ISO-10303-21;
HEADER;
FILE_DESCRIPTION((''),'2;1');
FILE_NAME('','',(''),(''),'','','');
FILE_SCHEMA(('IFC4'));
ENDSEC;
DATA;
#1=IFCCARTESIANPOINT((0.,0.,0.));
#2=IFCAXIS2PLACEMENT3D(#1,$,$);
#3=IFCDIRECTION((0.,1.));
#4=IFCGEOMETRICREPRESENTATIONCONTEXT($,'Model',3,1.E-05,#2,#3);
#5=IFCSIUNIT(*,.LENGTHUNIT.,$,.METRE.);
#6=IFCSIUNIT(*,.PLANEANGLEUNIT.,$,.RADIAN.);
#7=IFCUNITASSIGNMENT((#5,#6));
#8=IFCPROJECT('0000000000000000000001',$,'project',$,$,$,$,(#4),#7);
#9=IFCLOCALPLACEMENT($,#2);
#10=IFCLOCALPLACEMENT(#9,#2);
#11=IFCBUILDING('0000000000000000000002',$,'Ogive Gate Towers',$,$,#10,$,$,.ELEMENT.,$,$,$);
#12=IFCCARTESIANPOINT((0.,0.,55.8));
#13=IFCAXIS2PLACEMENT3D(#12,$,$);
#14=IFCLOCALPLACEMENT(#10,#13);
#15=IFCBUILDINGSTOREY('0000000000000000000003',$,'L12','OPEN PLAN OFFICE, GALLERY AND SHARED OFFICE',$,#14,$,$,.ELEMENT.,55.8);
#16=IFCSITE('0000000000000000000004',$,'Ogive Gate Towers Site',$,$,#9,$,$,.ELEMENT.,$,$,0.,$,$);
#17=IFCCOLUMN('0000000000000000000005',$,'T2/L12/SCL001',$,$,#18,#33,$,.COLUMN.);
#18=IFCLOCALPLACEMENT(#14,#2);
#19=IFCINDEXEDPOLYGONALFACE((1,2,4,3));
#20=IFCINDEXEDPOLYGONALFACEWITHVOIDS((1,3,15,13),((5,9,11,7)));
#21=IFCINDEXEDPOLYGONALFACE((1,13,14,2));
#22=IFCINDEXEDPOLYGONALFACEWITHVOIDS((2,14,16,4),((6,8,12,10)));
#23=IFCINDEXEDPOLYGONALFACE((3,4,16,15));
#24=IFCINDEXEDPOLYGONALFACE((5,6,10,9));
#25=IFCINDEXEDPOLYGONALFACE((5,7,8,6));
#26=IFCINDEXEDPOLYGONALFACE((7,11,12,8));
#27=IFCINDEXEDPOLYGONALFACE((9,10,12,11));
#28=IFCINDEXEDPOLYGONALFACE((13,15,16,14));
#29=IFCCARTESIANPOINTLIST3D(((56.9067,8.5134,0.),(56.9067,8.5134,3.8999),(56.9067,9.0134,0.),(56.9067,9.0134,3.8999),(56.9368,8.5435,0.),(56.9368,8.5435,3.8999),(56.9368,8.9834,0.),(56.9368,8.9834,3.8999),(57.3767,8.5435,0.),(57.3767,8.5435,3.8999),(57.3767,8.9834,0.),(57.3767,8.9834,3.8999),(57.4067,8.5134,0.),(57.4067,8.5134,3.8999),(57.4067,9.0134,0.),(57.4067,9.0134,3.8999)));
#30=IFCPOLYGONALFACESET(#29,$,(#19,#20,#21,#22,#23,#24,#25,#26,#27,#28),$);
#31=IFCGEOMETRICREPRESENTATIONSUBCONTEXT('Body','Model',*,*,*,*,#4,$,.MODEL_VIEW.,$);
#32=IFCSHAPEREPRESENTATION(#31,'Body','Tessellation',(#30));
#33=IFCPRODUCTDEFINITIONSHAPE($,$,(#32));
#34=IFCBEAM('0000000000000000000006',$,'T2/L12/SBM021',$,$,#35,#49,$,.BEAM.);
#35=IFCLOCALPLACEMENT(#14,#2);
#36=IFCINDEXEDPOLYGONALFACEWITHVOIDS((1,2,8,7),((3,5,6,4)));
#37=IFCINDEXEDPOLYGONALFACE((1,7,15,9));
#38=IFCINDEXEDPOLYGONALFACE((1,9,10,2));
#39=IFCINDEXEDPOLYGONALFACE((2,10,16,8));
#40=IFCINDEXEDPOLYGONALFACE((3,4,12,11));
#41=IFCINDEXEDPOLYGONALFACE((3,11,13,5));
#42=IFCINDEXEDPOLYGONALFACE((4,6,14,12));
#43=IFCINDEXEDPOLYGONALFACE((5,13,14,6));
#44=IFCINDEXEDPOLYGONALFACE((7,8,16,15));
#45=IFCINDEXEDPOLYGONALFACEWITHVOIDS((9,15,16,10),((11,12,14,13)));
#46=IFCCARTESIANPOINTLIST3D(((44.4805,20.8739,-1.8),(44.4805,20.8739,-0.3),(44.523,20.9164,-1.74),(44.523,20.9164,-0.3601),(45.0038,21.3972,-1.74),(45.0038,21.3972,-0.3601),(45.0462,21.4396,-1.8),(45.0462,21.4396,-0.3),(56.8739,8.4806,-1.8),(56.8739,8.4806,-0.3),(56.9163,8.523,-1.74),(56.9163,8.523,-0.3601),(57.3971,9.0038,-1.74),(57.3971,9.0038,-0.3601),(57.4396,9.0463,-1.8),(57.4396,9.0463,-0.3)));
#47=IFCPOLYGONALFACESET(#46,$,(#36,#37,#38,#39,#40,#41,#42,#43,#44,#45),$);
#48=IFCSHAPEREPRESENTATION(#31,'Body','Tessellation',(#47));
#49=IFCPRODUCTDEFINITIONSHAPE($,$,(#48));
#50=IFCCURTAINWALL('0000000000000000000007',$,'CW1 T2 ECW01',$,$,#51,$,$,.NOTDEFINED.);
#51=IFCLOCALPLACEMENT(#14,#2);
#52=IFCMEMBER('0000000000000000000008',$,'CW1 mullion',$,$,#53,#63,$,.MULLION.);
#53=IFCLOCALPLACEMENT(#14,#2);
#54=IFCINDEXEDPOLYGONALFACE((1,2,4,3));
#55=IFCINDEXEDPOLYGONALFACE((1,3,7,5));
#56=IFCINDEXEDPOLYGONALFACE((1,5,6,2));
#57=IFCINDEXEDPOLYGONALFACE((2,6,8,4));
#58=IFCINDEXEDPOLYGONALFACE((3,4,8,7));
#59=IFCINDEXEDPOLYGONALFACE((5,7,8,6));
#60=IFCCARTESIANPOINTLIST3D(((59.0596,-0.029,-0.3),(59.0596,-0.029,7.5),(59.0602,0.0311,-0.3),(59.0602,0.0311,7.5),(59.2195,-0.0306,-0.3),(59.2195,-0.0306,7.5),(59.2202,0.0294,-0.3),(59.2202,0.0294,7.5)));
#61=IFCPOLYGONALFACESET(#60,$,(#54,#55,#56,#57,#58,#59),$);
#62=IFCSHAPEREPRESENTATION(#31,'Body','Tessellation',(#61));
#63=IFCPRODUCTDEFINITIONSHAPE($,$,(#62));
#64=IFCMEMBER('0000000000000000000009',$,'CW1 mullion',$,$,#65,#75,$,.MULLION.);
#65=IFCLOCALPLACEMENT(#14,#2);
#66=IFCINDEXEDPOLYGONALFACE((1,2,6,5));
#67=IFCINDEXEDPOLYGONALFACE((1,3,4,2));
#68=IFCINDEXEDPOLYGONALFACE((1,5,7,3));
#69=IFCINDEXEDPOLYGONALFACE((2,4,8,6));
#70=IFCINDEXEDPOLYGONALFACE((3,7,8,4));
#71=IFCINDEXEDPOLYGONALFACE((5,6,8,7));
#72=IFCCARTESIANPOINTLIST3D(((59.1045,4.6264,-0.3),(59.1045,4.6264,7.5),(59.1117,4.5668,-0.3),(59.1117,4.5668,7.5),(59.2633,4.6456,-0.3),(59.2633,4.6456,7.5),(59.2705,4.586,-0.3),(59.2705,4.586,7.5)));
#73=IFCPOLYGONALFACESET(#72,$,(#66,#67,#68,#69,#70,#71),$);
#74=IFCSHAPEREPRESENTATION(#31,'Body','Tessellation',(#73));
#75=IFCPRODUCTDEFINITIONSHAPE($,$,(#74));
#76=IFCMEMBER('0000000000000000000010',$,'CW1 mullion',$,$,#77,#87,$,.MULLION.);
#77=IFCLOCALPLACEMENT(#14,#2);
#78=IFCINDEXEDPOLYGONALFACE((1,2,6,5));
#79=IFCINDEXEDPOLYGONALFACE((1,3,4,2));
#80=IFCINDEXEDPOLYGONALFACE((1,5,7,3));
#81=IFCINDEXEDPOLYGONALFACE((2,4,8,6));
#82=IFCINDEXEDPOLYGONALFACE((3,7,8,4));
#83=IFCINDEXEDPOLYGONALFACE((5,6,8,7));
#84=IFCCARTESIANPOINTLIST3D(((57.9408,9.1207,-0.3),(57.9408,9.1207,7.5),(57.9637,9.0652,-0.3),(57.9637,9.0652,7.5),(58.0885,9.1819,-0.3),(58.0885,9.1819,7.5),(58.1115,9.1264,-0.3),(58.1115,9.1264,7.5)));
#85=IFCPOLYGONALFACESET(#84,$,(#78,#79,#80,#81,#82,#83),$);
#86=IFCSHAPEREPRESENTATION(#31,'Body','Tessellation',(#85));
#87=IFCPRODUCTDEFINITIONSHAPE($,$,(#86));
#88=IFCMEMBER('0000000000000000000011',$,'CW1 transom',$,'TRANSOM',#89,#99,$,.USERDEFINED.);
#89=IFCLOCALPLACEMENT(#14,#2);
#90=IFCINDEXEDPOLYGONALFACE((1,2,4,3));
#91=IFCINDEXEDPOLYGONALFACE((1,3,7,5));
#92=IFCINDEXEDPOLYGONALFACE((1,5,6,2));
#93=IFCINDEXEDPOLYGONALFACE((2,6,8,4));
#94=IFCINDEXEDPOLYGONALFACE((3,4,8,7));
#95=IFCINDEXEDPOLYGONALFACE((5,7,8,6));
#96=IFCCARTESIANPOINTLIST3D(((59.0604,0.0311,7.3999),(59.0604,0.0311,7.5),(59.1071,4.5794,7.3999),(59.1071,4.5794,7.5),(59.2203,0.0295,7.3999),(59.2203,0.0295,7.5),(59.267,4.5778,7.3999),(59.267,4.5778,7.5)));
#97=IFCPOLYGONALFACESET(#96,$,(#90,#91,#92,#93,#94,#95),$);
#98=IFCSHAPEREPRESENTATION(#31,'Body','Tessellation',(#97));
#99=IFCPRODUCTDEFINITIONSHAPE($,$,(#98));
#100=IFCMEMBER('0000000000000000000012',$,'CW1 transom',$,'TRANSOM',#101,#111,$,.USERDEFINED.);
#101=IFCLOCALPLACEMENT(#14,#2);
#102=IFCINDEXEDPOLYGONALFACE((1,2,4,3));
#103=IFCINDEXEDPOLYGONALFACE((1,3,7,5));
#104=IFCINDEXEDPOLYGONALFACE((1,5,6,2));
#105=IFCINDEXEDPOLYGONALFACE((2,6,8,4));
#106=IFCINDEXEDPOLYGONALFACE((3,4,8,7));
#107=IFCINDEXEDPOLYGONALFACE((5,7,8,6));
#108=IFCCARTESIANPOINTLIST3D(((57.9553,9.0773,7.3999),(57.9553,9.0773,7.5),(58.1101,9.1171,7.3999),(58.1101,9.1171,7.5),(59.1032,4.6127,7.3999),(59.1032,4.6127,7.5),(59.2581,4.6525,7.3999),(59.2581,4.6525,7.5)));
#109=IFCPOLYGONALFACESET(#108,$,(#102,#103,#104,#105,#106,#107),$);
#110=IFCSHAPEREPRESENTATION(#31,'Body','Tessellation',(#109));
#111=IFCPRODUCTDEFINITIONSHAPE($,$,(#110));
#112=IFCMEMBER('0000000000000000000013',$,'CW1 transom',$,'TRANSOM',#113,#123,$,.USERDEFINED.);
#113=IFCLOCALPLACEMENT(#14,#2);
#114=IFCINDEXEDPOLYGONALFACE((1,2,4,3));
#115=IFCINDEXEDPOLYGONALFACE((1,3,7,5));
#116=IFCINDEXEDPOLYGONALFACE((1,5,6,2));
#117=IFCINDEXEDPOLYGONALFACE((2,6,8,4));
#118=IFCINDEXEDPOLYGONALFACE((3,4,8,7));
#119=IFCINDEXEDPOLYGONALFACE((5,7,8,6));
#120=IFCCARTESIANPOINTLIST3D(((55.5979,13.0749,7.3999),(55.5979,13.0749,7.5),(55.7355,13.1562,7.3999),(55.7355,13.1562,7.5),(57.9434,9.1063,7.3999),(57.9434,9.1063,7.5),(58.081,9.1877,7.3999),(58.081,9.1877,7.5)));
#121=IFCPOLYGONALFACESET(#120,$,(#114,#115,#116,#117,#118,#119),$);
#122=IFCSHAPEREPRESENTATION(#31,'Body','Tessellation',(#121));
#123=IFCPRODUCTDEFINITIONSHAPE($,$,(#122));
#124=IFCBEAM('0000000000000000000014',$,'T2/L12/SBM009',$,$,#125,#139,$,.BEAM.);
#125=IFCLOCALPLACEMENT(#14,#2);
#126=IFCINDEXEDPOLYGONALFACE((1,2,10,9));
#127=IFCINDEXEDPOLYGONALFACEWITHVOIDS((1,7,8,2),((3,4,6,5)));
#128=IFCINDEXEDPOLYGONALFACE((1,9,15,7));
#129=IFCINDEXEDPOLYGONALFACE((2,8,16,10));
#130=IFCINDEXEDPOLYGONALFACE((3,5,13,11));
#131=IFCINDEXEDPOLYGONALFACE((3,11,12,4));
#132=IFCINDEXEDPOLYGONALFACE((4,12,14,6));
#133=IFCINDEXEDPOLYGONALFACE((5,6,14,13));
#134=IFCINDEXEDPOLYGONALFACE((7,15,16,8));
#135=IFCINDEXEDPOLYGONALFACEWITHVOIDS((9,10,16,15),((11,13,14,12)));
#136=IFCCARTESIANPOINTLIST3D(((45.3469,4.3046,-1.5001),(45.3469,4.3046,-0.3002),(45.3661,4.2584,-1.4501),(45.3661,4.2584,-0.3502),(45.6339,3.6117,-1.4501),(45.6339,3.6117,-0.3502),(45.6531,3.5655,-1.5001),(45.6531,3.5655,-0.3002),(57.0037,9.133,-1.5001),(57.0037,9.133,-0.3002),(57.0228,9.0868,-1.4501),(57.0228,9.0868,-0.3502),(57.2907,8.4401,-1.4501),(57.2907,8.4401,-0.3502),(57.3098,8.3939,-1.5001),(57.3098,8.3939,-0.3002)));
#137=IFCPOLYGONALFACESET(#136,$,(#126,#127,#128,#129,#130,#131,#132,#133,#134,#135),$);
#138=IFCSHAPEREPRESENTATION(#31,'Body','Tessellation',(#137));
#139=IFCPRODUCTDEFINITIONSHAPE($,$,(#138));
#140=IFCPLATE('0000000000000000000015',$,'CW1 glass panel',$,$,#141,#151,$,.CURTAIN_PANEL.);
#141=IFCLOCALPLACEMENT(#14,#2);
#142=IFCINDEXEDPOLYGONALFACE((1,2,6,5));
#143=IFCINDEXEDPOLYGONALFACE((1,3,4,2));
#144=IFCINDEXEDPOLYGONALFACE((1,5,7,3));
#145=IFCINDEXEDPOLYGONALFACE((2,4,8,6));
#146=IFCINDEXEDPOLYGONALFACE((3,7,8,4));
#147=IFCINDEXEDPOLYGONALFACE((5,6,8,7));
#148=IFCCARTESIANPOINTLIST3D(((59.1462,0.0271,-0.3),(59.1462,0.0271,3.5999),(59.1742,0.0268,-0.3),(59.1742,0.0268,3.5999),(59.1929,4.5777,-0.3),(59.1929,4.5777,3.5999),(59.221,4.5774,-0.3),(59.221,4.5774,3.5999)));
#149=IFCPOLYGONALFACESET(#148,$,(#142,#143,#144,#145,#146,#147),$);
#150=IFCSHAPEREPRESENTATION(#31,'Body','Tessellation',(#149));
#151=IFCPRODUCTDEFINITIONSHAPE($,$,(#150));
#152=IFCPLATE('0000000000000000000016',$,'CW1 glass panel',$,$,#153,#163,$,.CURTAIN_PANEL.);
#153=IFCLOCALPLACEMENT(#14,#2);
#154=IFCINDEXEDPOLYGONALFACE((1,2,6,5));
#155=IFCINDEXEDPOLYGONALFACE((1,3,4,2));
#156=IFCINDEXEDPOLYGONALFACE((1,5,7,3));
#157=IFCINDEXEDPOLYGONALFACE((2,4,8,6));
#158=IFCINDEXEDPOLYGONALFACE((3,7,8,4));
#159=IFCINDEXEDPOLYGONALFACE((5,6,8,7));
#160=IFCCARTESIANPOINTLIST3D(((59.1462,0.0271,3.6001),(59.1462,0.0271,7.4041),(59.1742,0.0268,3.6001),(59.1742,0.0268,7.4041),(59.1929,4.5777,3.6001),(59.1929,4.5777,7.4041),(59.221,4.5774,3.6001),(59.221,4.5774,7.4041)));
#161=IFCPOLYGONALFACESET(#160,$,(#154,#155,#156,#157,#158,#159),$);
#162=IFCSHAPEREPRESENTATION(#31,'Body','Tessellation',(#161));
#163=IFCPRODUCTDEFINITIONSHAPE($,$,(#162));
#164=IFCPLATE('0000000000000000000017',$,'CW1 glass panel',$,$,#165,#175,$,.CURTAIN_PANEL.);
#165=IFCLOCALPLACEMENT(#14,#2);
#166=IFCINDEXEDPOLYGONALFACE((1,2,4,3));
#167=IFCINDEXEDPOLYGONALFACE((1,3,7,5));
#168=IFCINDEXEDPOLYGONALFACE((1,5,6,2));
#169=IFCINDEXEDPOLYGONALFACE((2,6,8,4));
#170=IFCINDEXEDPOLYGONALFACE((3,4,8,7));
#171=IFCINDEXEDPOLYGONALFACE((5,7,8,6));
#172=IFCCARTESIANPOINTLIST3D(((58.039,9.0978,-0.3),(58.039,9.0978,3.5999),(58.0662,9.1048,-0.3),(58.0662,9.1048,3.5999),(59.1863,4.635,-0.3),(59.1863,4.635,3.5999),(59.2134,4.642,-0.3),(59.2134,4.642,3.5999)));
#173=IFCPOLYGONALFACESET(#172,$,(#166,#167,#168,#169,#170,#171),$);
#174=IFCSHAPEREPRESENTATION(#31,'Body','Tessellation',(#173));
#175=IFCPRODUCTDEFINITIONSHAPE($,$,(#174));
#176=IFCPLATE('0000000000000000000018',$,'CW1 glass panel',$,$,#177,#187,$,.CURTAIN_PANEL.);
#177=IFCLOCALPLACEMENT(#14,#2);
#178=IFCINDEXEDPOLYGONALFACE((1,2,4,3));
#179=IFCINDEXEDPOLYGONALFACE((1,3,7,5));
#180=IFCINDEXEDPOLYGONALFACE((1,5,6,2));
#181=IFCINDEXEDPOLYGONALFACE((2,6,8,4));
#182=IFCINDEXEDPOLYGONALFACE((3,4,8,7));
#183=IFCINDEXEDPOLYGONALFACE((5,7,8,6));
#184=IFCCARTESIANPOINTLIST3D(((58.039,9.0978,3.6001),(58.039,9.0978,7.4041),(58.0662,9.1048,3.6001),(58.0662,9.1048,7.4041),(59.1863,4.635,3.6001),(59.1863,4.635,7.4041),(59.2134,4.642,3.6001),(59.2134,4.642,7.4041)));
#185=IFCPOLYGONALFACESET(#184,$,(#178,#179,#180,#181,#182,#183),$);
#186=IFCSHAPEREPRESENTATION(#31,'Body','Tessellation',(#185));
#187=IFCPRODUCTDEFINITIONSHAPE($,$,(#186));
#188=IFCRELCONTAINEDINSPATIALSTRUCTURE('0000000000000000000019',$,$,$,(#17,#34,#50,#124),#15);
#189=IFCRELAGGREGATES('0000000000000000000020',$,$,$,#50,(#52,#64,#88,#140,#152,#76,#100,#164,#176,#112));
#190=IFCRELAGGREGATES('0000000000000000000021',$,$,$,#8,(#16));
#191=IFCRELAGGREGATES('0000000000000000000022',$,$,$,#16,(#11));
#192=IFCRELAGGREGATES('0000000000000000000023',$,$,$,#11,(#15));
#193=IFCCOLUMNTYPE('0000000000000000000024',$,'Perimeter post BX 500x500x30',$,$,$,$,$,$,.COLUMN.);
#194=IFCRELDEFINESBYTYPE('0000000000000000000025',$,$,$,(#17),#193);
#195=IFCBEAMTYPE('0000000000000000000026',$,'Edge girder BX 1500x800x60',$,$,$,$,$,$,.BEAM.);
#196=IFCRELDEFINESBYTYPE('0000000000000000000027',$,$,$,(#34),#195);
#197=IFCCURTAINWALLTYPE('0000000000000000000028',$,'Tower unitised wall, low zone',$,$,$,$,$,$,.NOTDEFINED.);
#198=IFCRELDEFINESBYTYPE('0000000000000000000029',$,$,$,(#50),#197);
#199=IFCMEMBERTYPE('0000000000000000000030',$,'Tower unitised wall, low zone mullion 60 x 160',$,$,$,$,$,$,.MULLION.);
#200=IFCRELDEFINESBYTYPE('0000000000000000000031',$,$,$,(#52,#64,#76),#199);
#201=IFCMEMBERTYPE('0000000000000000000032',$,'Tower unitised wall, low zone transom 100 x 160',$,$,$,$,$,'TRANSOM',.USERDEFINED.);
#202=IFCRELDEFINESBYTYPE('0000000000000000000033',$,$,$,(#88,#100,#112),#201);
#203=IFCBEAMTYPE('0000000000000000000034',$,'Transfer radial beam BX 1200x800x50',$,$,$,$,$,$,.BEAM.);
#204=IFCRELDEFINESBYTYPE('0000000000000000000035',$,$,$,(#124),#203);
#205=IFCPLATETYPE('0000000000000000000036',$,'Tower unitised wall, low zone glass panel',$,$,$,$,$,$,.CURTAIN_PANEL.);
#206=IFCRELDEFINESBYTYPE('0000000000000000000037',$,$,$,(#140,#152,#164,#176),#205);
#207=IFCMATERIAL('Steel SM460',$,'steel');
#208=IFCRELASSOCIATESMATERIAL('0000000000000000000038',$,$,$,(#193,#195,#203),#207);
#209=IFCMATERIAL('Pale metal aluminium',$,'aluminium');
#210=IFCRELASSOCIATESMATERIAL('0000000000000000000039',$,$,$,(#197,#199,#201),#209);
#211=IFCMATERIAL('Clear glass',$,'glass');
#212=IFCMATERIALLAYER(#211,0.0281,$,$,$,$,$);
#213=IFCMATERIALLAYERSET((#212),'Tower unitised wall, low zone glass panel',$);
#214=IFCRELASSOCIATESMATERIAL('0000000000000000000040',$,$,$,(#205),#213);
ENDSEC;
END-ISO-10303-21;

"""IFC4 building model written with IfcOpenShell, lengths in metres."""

from ifc_helpers import new_model, si_unit, direction, frame, origin, origin_2d, place, context, subcontext, project, spatial, rectangle, hollow_rectangle, extrude, material, layer, layer_set, material_profile, profile_set, type_object, element, aggregate, save


model = new_model("IFC4")

# Units and contexts
model_context = context("Model", 3, precision=1e-05, world=origin(), true_north=direction((0.0, 1.0)))
body_context = subcontext(model_context, "Body", "Model", "MODEL_VIEW")
ifc_project = project(units=[si_unit("LENGTHUNIT", "METRE"), si_unit("PLANEANGLEUNIT", "RADIAN")], contexts=[model_context])

# Site, building, storey
site_placement = place(None, origin())
site = spatial("IfcSite", under=ifc_project, at=site_placement, Name="Ogive Gate Towers Site", CompositionType="ELEMENT", RefElevation=0.0)
building_placement = place(site_placement, origin())
building = spatial("IfcBuilding", under=site, at=building_placement, Name="Ogive Gate Towers", CompositionType="ELEMENT")
storey_placement = place(building_placement, frame((0.0, 0.0, 55.8)))
storey = spatial("IfcBuildingStorey", under=building, at=storey_placement, Name="L12", Description="OPEN PLAN OFFICE, GALLERY AND SHARED OFFICE", CompositionType="ELEMENT", Elevation=55.8)

# Column
ifc_material_1 = material(Name="Steel SM460", Category="steel")
ifc_material_profile_1 = material_profile(ifc_material_1, hollow_rectangle(XDim=0.5, YDim=0.5, WallThickness=0.03, at=origin_2d()), Name="BX 500x500x30")
ifc_profile_set_1 = profile_set([ifc_material_profile_1], Name="Steel SM460")
column_type = type_object("IfcColumnType", Name="Perimeter post BX 500x500x30", PredefinedType="COLUMN", material=ifc_profile_set_1)
column_placement = place(storey_placement, frame((57.1567, 8.7634, 0.0), z_axis=(0.0, 0.0, 1.0), x_axis=(1.0, 0.0, 0.0)))
element("IfcColumn", 1, at=column_placement, inside=storey, type_object=column_type, Name="T2/L12/SCL001", PredefinedType="COLUMN", context=body_context, shape_type="SweptSolid", body=[
    extrude(hollow_rectangle(XDim=0.5, YDim=0.5, WallThickness=0.03, at=origin_2d()), origin(), (0.0, 0.0, 1.0), 3.8999),
])

# Beam
ifc_material_profile_2 = material_profile(ifc_material_1, hollow_rectangle(XDim=0.8, YDim=1.5, WallThickness=0.0601, at=origin_2d()), Name="BX 1500x800x60")
ifc_profile_set_2 = profile_set([ifc_material_profile_2], Name="Steel SM460")
beam_type_1 = type_object("IfcBeamType", Name="Edge girder BX 1500x800x60", PredefinedType="BEAM", material=ifc_profile_set_2)
beam_1_placement = place(storey_placement, frame((57.1567, 8.7634, -1.05), z_axis=(-0.707107, 0.707107, 0.0), x_axis=(-0.707107, -0.707107, 0.0)))
element("IfcBeam", 2, at=beam_1_placement, inside=storey, type_object=beam_type_1, Name="T2/L12/SBM021", PredefinedType="BEAM", context=body_context, shape_type="SweptSolid", body=[
    extrude(hollow_rectangle(XDim=0.8, YDim=1.5, WallThickness=0.0601, at=origin_2d()), origin(), (0.0, 0.0, 1.0), 17.5269),
])

# Curtain wall, members
ifc_material_2 = material(Name="Pale metal aluminium", Category="aluminium")
curtain_wall_type = type_object("IfcCurtainWallType", Name="Tower unitised wall, low zone", PredefinedType="NOTDEFINED", material=ifc_material_2)
curtain_wall_placement = place(storey_placement, origin())
curtain_wall = element("IfcCurtainWall", 3, at=curtain_wall_placement, inside=storey, type_object=curtain_wall_type, Name="CW1 T2 ECW01", PredefinedType="NOTDEFINED")
ifc_material_profile_3 = material_profile(ifc_material_2, rectangle(XDim=0.1599, YDim=0.0601, at=origin_2d()), Name="60 x 160 aluminium box")
ifc_profile_set_3 = profile_set([ifc_material_profile_3], Name="Pale metal aluminium")
member_type_1 = type_object("IfcMemberType", Name="Tower unitised wall, low zone mullion 60 x 160", PredefinedType="MULLION", material=ifc_profile_set_3)
member_1_placement = place(storey_placement, frame((59.1399, 0.0002, -0.3), z_axis=(0.0, 0.0, 1.0), x_axis=(0.999947, -0.01028, 0.0)))
member_1 = element("IfcMember", 4, at=member_1_placement, type_object=member_type_1, Name="CW1 mullion", PredefinedType="MULLION", context=body_context, shape_type="SweptSolid", body=[
    extrude(rectangle(XDim=0.1599, YDim=0.0601, at=origin_2d()), origin(), (0.0, 0.0, 1.0), 7.8),
])
member_2_placement = place(storey_placement, frame((59.1875, 4.6062, -0.3), z_axis=(0.0, 0.0, 1.0), x_axis=(0.992728, 0.120379, 0.0)))
member_2 = element("IfcMember", 5, at=member_2_placement, type_object=member_type_1, Name="CW1 mullion", PredefinedType="MULLION", context=body_context, shape_type="SweptSolid", body=[
    extrude(rectangle(XDim=0.1599, YDim=0.0601, at=origin_2d()), origin(), (0.0, 0.0, 1.0), 7.8),
])
member_3_placement = place(storey_placement, frame((58.0261, 9.1235, -0.3), z_axis=(0.0, 0.0, 1.0), x_axis=(0.92388, 0.382683, 0.0)))
member_3 = element("IfcMember", 6, at=member_3_placement, type_object=member_type_1, Name="CW1 mullion", PredefinedType="MULLION", context=body_context, shape_type="SweptSolid", body=[
    extrude(rectangle(XDim=0.1599, YDim=0.0601, at=origin_2d()), origin(), (0.0, 0.0, 1.0), 7.8),
])
ifc_material_profile_4 = material_profile(ifc_material_2, rectangle(XDim=0.1599, YDim=0.1001, at=origin_2d()), Name="100 x 160 aluminium box")
ifc_profile_set_4 = profile_set([ifc_material_profile_4], Name="Pale metal aluminium")
member_type_2 = type_object("IfcMemberType", Name="Tower unitised wall, low zone transom 100 x 160", ElementType="TRANSOM", PredefinedType="USERDEFINED", material=ifc_profile_set_4)
member_4_placement = place(storey_placement, frame((59.1404, 0.0303, 7.45), z_axis=(0.010252, 0.999947, 0.0), x_axis=(-0.999947, 0.010252, 0.0)))
member_4 = element("IfcMember", 7, at=member_4_placement, type_object=member_type_2, Name="CW1 transom", ObjectType="TRANSOM", PredefinedType="USERDEFINED", context=body_context, shape_type="SweptSolid", body=[
    extrude(rectangle(XDim=0.1599, YDim=0.1001, at=origin_2d()), origin(), (0.0, 0.0, 1.0), 4.5486),
])
member_5_placement = place(storey_placement, frame((59.1807, 4.6326, 7.45), z_axis=(-0.249023, 0.968498, 0.0), x_axis=(-0.968498, -0.249023, 0.0)))
member_5 = element("IfcMember", 8, at=member_5_placement, type_object=member_type_2, Name="CW1 transom", ObjectType="TRANSOM", PredefinedType="USERDEFINED", context=body_context, shape_type="SweptSolid", body=[
    extrude(rectangle(XDim=0.1599, YDim=0.1001, at=origin_2d()), origin(), (0.0, 0.0, 1.0), 4.6099),
])
member_6_placement = place(storey_placement, frame((58.0122, 9.147, 7.45), z_axis=(-0.508799, 0.860885, 0.0), x_axis=(-0.860885, -0.508799, 0.0)))
member_6 = element("IfcMember", 9, at=member_6_placement, type_object=member_type_2, Name="CW1 transom", ObjectType="TRANSOM", PredefinedType="USERDEFINED", context=body_context, shape_type="SweptSolid", body=[
    extrude(rectangle(XDim=0.1599, YDim=0.1001, at=origin_2d()), origin(), (0.0, 0.0, 1.0), 4.6099),
])

# Beam
ifc_material_profile_5 = material_profile(ifc_material_1, hollow_rectangle(XDim=0.8, YDim=1.2, WallThickness=0.05, at=origin_2d()), Name="BX 1200x800x50")
ifc_profile_set_5 = profile_set([ifc_material_profile_5], Name="Steel SM460")
beam_type_2 = type_object("IfcBeamType", Name="Transfer radial beam BX 1200x800x50", PredefinedType="BEAM", material=ifc_profile_set_5)
beam_2_placement = place(storey_placement, frame((45.5, 3.9351, -0.9001), z_axis=(0.92388, 0.382683, 0.0), x_axis=(-0.382683, 0.92388, 0.0)))
element("IfcBeam", 10, at=beam_2_placement, inside=storey, type_object=beam_type_2, Name="T2/L12/SBM009", PredefinedType="BEAM", context=body_context, shape_type="SweptSolid", body=[
    extrude(hollow_rectangle(XDim=0.8, YDim=1.2, WallThickness=0.05, at=origin_2d()), origin(), (0.0, 0.0, 1.0), 12.6172),
])

# Plates
ifc_material_3 = material(Name="Clear glass", Category="glass")
ifc_layer_1 = layer(ifc_material_3, 0.0281)
ifc_layer_set_1 = layer_set([ifc_layer_1], Name="Tower unitised wall, low zone glass panel")
plate_type = type_object("IfcPlateType", Name="Tower unitised wall, low zone glass panel", PredefinedType="CURTAIN_PANEL", material=ifc_layer_set_1)
plate_1_placement = place(storey_placement, frame((59.1836, 2.3022, -0.3), z_axis=(0.0, 0.0, 1.0), x_axis=(0.01028, 0.999947, 0.0)))
plate_1 = element("IfcPlate", 11, at=plate_1_placement, type_object=plate_type, Name="CW1 glass panel", PredefinedType="CURTAIN_PANEL", context=body_context, shape_type="SweptSolid", body=[
    extrude(rectangle(XDim=4.5508, YDim=0.0281, at=origin_2d()), origin(), (0.0, 0.0, 1.0), 3.8999),
])
plate_2_placement = place(storey_placement, frame((59.1836, 2.3022, 3.6001), z_axis=(0.0, 0.0, 1.0), x_axis=(0.01028, 0.999947, 0.0)))
plate_2 = element("IfcPlate", 12, at=plate_2_placement, type_object=plate_type, Name="CW1 glass panel", PredefinedType="CURTAIN_PANEL", context=body_context, shape_type="SweptSolid", body=[
    extrude(rectangle(XDim=4.5508, YDim=0.0281, at=origin_2d()), origin(), (0.0, 0.0, 1.0), 3.804),
])
plate_3_placement = place(storey_placement, frame((58.6262, 6.8699, -0.3), z_axis=(0.0, 0.0, 1.0), x_axis=(-0.248977, 0.968509, 0.0)))
plate_3 = element("IfcPlate", 13, at=plate_3_placement, type_object=plate_type, Name="CW1 glass panel", PredefinedType="CURTAIN_PANEL", context=body_context, shape_type="SweptSolid", body=[
    extrude(rectangle(XDim=4.6079, YDim=0.0281, at=origin_2d()), origin(), (0.0, 0.0, 1.0), 3.8999),
])
plate_4_placement = place(storey_placement, frame((58.6262, 6.8699, 3.6001), z_axis=(0.0, 0.0, 1.0), x_axis=(-0.248977, 0.968509, 0.0)))
plate_4 = element("IfcPlate", 14, at=plate_4_placement, type_object=plate_type, Name="CW1 glass panel", PredefinedType="CURTAIN_PANEL", context=body_context, shape_type="SweptSolid", body=[
    extrude(rectangle(XDim=4.6079, YDim=0.0281, at=origin_2d()), origin(), (0.0, 0.0, 1.0), 3.804),
])
aggregate(curtain_wall, [member_1, member_2, member_4, plate_1, plate_2, member_3, member_5, plate_3, plate_4, member_6])

save(model, "model.ifc")
